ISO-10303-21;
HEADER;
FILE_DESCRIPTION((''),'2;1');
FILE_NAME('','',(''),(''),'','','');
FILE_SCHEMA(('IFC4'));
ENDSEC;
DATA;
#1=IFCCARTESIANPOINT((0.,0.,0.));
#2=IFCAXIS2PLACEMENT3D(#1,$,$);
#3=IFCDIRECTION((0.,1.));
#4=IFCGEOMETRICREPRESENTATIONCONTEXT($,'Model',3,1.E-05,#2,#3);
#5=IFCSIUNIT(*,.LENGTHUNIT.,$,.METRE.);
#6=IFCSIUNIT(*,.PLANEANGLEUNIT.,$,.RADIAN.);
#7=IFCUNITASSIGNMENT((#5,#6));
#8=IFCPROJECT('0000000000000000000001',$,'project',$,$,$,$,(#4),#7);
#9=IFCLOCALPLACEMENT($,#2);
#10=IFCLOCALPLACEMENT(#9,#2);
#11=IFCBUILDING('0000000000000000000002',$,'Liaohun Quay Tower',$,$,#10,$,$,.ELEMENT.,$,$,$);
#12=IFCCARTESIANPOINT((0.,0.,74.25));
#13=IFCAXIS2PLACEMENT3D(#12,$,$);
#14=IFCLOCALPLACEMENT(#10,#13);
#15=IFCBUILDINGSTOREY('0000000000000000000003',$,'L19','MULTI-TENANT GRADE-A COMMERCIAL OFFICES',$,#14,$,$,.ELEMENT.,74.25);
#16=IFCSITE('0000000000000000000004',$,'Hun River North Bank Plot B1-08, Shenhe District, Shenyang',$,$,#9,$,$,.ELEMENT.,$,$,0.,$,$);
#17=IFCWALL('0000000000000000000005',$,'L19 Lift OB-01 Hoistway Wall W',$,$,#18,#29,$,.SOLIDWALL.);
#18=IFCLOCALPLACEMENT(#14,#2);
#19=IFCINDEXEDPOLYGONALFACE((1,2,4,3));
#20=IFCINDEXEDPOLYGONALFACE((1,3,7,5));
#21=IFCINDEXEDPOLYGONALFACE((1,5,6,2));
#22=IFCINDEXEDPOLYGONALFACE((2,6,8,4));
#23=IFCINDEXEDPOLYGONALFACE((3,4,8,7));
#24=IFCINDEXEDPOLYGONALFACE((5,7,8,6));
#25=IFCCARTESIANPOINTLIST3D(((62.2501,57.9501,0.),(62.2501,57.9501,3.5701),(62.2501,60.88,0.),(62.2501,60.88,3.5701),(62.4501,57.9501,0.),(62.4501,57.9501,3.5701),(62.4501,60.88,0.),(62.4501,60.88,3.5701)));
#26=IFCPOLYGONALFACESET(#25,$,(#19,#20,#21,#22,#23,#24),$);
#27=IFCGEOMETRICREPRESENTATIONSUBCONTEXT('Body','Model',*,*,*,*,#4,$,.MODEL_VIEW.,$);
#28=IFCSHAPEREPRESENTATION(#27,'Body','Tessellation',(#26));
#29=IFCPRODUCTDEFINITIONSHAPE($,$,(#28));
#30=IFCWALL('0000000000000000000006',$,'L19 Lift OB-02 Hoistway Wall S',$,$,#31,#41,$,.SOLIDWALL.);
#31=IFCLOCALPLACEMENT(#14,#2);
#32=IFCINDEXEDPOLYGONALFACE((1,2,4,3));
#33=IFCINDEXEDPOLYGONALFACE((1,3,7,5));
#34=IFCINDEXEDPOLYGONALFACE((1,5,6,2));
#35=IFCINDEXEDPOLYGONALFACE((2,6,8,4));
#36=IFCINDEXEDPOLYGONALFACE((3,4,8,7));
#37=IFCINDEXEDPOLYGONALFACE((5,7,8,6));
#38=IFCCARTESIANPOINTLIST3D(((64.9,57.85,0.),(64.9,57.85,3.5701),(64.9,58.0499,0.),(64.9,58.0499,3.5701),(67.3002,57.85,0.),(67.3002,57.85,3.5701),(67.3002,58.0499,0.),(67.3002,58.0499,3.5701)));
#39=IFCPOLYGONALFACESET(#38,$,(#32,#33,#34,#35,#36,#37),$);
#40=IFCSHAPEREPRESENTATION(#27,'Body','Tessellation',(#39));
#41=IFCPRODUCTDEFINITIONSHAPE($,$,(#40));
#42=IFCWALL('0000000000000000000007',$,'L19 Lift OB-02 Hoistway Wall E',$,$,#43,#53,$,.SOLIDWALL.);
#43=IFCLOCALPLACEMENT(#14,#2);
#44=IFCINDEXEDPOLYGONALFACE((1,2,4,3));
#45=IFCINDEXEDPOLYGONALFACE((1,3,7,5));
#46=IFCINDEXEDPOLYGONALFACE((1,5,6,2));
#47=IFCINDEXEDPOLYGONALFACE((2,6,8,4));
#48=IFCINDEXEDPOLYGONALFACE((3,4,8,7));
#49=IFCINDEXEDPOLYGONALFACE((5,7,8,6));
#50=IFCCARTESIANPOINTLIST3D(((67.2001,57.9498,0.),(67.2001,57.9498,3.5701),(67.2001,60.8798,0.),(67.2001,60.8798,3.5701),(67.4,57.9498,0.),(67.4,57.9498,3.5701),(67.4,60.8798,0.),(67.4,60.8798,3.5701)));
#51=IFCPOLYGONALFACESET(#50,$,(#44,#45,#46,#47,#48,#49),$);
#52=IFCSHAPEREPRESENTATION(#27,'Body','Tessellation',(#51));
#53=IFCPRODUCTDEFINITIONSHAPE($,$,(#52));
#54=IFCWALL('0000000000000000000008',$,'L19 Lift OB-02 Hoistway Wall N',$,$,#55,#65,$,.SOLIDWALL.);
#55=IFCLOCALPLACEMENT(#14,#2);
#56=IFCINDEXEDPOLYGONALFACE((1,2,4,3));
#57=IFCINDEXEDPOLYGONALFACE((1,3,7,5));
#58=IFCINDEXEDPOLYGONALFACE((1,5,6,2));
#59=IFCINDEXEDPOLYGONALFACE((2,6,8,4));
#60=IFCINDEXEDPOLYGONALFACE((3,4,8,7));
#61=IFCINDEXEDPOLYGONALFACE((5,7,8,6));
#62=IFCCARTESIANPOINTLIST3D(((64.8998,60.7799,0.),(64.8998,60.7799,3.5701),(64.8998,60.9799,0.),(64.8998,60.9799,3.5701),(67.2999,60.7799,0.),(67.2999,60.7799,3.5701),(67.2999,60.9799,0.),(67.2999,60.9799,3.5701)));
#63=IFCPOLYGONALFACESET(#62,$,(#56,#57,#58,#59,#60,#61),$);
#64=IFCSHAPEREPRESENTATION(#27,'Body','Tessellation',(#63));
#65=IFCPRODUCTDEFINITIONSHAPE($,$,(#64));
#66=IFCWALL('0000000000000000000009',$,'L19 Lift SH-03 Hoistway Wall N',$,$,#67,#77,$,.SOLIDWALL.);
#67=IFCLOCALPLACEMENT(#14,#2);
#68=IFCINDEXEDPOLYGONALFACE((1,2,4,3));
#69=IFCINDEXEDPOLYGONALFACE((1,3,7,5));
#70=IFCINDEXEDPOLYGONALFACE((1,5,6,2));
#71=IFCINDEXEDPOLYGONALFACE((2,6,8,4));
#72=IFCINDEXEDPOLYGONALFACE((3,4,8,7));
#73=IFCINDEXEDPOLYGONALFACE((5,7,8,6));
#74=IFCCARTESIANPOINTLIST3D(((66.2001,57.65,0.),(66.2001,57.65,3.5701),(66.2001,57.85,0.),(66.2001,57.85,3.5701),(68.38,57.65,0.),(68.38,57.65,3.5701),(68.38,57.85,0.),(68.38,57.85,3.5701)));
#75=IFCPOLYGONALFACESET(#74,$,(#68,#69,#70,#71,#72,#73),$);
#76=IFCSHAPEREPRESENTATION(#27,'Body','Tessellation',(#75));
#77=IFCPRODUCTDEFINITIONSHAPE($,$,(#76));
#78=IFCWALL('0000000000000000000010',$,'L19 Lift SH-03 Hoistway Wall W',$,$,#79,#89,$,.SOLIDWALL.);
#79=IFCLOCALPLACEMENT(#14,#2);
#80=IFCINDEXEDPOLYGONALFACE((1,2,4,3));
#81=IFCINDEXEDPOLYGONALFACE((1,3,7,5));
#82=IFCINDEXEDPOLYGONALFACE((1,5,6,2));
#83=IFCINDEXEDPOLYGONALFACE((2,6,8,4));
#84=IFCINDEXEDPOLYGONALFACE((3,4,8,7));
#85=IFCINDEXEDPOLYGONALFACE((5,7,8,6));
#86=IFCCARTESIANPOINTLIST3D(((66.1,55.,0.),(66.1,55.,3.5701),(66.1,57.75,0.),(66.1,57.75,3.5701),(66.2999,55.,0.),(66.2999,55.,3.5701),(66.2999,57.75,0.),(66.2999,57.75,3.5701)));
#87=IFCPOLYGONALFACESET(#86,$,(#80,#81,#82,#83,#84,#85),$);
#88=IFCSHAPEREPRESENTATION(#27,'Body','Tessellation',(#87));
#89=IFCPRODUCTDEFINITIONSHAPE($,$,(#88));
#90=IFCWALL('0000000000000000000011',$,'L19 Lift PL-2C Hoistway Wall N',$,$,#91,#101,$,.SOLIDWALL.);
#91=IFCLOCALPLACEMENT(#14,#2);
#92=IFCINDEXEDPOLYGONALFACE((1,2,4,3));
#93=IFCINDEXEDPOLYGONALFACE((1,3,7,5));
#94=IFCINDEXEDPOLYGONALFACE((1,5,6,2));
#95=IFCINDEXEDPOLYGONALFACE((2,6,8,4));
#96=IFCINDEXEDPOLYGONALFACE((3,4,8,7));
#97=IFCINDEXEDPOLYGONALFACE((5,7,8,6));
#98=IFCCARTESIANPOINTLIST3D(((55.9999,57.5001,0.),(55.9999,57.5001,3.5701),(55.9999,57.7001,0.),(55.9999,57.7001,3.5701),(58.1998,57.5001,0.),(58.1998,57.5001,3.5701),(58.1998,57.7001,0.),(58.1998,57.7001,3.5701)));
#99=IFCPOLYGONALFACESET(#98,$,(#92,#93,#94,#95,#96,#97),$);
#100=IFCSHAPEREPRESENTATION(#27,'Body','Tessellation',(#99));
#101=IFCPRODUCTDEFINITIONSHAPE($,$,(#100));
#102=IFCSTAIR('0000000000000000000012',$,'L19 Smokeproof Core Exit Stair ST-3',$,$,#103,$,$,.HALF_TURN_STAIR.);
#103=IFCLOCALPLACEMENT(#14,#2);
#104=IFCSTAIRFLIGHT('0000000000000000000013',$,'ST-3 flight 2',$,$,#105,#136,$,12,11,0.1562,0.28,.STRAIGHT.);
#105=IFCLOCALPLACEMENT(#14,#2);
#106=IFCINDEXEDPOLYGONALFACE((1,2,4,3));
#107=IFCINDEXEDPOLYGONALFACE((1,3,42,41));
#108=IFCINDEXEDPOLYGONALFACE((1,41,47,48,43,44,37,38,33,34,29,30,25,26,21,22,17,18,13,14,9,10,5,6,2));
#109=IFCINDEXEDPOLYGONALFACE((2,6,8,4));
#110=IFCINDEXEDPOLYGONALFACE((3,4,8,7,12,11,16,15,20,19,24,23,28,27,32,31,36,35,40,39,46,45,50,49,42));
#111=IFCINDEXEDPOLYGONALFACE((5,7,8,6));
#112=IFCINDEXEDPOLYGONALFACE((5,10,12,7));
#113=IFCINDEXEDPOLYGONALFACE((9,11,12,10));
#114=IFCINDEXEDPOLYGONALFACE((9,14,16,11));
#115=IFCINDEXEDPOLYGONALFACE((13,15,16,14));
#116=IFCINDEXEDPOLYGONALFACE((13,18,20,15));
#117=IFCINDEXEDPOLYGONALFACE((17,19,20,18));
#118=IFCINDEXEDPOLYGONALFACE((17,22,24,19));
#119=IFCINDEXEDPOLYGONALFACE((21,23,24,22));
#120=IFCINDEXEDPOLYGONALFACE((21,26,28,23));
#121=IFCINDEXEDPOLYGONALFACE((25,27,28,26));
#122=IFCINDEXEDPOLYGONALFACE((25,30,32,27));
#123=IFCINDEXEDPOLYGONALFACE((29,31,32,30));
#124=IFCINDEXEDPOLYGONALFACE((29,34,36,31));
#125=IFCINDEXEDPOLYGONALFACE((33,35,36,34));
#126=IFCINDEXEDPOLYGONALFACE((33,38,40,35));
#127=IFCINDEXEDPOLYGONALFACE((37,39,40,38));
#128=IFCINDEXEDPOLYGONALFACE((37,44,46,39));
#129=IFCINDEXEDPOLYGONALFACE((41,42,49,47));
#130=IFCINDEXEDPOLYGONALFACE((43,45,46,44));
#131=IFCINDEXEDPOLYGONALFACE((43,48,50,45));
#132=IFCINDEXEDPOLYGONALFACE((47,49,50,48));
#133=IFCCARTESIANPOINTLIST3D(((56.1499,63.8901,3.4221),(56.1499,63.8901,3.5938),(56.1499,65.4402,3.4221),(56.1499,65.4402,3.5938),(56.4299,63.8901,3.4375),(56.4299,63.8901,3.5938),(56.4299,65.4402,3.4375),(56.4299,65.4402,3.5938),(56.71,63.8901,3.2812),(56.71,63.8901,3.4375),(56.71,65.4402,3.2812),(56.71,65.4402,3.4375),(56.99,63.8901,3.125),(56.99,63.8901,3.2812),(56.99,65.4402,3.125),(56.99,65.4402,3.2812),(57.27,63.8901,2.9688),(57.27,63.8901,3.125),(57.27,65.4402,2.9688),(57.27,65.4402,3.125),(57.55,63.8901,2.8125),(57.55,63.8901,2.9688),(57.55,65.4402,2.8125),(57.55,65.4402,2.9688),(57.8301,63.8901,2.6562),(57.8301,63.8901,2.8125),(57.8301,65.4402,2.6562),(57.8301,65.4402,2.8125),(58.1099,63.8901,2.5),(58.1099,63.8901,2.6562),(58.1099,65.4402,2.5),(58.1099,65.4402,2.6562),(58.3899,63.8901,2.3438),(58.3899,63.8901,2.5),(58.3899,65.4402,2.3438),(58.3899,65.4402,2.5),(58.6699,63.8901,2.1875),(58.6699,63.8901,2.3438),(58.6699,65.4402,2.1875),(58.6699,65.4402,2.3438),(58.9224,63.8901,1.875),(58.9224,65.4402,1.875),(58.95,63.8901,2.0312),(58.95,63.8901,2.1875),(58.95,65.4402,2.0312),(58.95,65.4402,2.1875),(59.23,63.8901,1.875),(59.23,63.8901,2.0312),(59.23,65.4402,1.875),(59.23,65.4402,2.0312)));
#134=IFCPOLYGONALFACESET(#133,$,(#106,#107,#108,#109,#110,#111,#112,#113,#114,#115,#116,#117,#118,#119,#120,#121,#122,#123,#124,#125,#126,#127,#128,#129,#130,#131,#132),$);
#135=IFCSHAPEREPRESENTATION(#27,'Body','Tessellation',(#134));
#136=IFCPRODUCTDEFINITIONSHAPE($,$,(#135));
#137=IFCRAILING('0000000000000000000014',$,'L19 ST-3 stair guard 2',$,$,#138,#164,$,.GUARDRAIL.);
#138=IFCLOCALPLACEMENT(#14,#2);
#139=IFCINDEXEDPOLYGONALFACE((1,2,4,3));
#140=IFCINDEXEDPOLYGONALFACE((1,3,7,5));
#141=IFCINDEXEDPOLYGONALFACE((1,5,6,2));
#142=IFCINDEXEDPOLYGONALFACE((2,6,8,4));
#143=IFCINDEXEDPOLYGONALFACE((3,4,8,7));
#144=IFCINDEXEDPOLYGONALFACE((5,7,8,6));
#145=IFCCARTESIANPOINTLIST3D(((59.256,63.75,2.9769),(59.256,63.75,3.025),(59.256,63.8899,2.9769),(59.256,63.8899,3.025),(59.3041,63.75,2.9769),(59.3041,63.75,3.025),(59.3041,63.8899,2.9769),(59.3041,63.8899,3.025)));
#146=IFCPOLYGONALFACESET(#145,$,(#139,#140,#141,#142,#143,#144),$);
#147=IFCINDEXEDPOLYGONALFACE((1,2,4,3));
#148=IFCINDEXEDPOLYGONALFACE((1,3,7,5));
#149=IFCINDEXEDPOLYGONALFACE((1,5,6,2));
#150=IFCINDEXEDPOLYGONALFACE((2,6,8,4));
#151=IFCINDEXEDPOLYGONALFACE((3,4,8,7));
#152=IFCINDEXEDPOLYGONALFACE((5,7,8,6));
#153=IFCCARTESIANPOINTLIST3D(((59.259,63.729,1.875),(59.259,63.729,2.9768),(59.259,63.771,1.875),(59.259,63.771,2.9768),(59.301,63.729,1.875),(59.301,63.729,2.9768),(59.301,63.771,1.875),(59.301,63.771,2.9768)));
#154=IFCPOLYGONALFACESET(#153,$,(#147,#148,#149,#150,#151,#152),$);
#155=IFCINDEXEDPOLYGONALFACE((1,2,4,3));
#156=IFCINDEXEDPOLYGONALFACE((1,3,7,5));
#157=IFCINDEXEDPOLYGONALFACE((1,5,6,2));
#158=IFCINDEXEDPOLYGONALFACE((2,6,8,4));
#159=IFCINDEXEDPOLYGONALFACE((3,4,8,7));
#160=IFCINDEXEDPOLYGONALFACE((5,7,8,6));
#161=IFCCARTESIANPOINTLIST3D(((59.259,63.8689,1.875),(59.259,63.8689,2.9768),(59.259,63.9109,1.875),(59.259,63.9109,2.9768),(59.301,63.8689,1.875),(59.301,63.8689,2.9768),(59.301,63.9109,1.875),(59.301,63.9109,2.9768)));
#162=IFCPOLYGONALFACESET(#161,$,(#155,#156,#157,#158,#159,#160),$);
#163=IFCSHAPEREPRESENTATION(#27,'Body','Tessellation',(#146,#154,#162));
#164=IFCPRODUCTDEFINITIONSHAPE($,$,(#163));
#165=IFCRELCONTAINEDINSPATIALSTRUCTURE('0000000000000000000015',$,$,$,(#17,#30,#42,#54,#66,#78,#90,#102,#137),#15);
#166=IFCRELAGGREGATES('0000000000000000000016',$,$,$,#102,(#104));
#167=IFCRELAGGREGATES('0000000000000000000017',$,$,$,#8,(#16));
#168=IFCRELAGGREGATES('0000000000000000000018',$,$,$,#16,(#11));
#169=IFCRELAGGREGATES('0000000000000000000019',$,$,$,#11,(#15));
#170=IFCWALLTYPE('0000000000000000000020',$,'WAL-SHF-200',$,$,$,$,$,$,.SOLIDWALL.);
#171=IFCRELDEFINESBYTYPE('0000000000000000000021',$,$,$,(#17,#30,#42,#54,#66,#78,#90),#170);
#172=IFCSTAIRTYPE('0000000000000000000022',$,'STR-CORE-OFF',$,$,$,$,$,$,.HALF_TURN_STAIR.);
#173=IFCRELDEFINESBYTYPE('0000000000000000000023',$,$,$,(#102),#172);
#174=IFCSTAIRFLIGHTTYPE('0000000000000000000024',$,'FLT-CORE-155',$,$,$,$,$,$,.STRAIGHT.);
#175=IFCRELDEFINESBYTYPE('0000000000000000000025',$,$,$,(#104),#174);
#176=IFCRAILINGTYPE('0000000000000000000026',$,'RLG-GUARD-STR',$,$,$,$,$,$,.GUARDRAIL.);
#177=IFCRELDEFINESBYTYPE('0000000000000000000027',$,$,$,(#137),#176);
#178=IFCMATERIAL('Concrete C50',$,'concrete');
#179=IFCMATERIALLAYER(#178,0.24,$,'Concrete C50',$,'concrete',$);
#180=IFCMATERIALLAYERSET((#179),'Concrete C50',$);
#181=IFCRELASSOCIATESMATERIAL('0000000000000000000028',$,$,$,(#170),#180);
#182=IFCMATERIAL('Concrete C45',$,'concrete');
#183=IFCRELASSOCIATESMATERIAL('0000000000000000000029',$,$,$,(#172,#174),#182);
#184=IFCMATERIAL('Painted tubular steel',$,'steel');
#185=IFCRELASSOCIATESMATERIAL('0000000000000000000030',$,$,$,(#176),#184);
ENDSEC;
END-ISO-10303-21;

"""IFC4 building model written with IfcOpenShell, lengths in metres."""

from ifc_helpers import new_model, si_unit, direction, frame, frame_2d, origin, origin_2d, place, context, subcontext, project, spatial, polyline, rectangle, outline, extrude, material, layer, layer_set, type_object, element, aggregate, save


model = new_model("IFC4")

# Units and contexts
model_context = context("Model", 3, precision=1e-05, world=origin(), true_north=direction((0.0, 1.0)))
body_context = subcontext(model_context, "Body", "Model", "MODEL_VIEW")
ifc_project = project(units=[si_unit("LENGTHUNIT", "METRE"), si_unit("PLANEANGLEUNIT", "RADIAN")], contexts=[model_context])

# Site, building, storey
site_placement = place(None, origin())
site = spatial("IfcSite", under=ifc_project, at=site_placement, Name="Hun River North Bank Plot B1-08, Shenhe District, Shenyang", CompositionType="ELEMENT", RefElevation=0.0)
building_placement = place(site_placement, origin())
building = spatial("IfcBuilding", under=site, at=building_placement, Name="Liaohun Quay Tower", CompositionType="ELEMENT")
storey_placement = place(building_placement, frame((0.0, 0.0, 74.25)))
storey = spatial("IfcBuildingStorey", under=building, at=storey_placement, Name="L19", Description="MULTI-TENANT GRADE-A COMMERCIAL OFFICES", CompositionType="ELEMENT", Elevation=74.25)

# Shared definitions
ifc_material_1 = material(Name="Concrete C50", Category="concrete")
ifc_layer_1 = layer(ifc_material_1, 0.24, Name="Concrete C50", Category="concrete")
ifc_layer_set_1 = layer_set([ifc_layer_1], Name="Concrete C50")
wall_type_1 = type_object("IfcWallType", Name="WAL-SHF-200", PredefinedType="SOLIDWALL", material=ifc_layer_set_1)

# Walls
wall_1_placement = place(storey_placement, frame((62.3501, 60.8799, 0.0), z_axis=(0.0, 0.0, 1.0), x_axis=(0.0, -1.0, 0.0)))
element("IfcWall", 1, at=wall_1_placement, inside=storey, type_object=wall_type_1, Name="L19 Lift OB-01 Hoistway Wall W", PredefinedType="SOLIDWALL", context=body_context, shape_type="SweptSolid", body=[
    extrude(rectangle(XDim=2.9299, YDim=0.2, at=frame_2d((1.4648, 0.0))), origin(), (0.0, 0.0, 1.0), 3.5701),
])
wall_2_placement = place(storey_placement, frame((64.8999, 57.95, 0.0), z_axis=(0.0, 0.0, 1.0), x_axis=(1.0, 0.0, 0.0)))
element("IfcWall", 2, at=wall_2_placement, inside=storey, type_object=wall_type_1, Name="L19 Lift OB-02 Hoistway Wall S", PredefinedType="SOLIDWALL", context=body_context, shape_type="SweptSolid", body=[
    extrude(rectangle(XDim=2.4001, YDim=0.2, at=frame_2d((1.2002, 0.0))), origin(), (0.0, 0.0, 1.0), 3.5701),
])
wall_3_placement = place(storey_placement, frame((67.3, 57.95, 0.0), z_axis=(0.0, 0.0, 1.0), x_axis=(0.0, 1.0, 0.0)))
element("IfcWall", 3, at=wall_3_placement, inside=storey, type_object=wall_type_1, Name="L19 Lift OB-02 Hoistway Wall E", PredefinedType="SOLIDWALL", context=body_context, shape_type="SweptSolid", body=[
    extrude(rectangle(XDim=2.9299, YDim=0.2, at=frame_2d((1.4648, 0.0))), origin(), (0.0, 0.0, 1.0), 3.5701),
])
wall_4_placement = place(storey_placement, frame((67.3, 60.8799, 0.0), z_axis=(0.0, 0.0, 1.0), x_axis=(-1.0, 0.0, 0.0)))
element("IfcWall", 4, at=wall_4_placement, inside=storey, type_object=wall_type_1, Name="L19 Lift OB-02 Hoistway Wall N", PredefinedType="SOLIDWALL", context=body_context, shape_type="SweptSolid", body=[
    extrude(rectangle(XDim=2.4001, YDim=0.2, at=frame_2d((1.2002, 0.0))), origin(), (0.0, 0.0, 1.0), 3.5701),
])
wall_5_placement = place(storey_placement, frame((68.3799, 57.75, 0.0), z_axis=(0.0, 0.0, 1.0), x_axis=(-1.0, 0.0, 0.0)))
element("IfcWall", 5, at=wall_5_placement, inside=storey, type_object=wall_type_1, Name="L19 Lift SH-03 Hoistway Wall N", PredefinedType="SOLIDWALL", context=body_context, shape_type="SweptSolid", body=[
    extrude(rectangle(XDim=2.1799, YDim=0.2, at=frame_2d((1.0898, 0.0))), origin(), (0.0, 0.0, 1.0), 3.5701),
])
wall_6_placement = place(storey_placement, frame((66.2, 57.75, 0.0), z_axis=(0.0, 0.0, 1.0), x_axis=(0.0, -1.0, 0.0)))
element("IfcWall", 6, at=wall_6_placement, inside=storey, type_object=wall_type_1, Name="L19 Lift SH-03 Hoistway Wall W", PredefinedType="SOLIDWALL", context=body_context, shape_type="SweptSolid", body=[
    extrude(rectangle(XDim=2.75, YDim=0.2, at=frame_2d((1.375, 0.0))), origin(), (0.0, 0.0, 1.0), 3.5701),
])
wall_7_placement = place(storey_placement, frame((58.2, 57.6001, 0.0), z_axis=(0.0, 0.0, 1.0), x_axis=(-1.0, 0.0, 0.0)))
element("IfcWall", 7, at=wall_7_placement, inside=storey, type_object=wall_type_1, Name="L19 Lift PL-2C Hoistway Wall N", PredefinedType="SOLIDWALL", context=body_context, shape_type="SweptSolid", body=[
    extrude(rectangle(XDim=2.2, YDim=0.2, at=frame_2d((1.1001, 0.0))), origin(), (0.0, 0.0, 1.0), 3.5701),
])

# Stair, stair flight
ifc_material_2 = material(Name="Concrete C45", Category="concrete")
stair_type = type_object("IfcStairType", Name="STR-CORE-OFF", PredefinedType="HALF_TURN_STAIR", material=ifc_material_2)
stair_placement = place(storey_placement, origin())
stair = element("IfcStair", 8, at=stair_placement, inside=storey, type_object=stair_type, Name="L19 Smokeproof Core Exit Stair ST-3", PredefinedType="HALF_TURN_STAIR")
stair_flight_type = type_object("IfcStairFlightType", Name="FLT-CORE-155", PredefinedType="STRAIGHT", material=ifc_material_2)
stair_flight_placement = place(storey_placement, frame((59.23, 64.665, 1.875), z_axis=(0.0, 0.0, 1.0), x_axis=(-1.0, 0.0, 0.0)))
stair_flight = element("IfcStairFlight", 9, at=stair_flight_placement, type_object=stair_flight_type, Name="ST-3 flight 2", NumberOfRisers=12, NumberOfTreads=11, PredefinedType="STRAIGHT", RiserHeight=0.1562, TreadLength=0.28, context=body_context, shape_type="SweptSolid", body=[
    extrude(outline(polyline([(0.0, 0.0), (0.0, 0.1562), (0.28, 0.1562), (0.28, 0.3125), (0.5601, 0.3125), (0.5601, 0.4688), (0.8401, 0.4688), (0.8401, 0.625), (1.1201, 0.625), (1.1201, 0.7812), (1.3999, 0.7812), (1.3999, 0.9375), (1.6799, 0.9375), (1.6799, 1.0938), (1.96, 1.0938), (1.96, 1.25), (2.24, 1.25), (2.24, 1.4062), (2.52, 1.4062), (2.52, 1.5625), (2.8, 1.5625), (2.8, 1.7188), (3.0801, 1.7188), (3.0801, 1.875), (3.0801, 1.5471), (0.3076, 0.0), (0.0, 0.0)])), frame((0.0, 0.7749, 0.0), z_axis=(0.0, -1.0, 0.0), x_axis=(1.0, 0.0, 0.0)), (0.0, 0.0, 1.0), 1.55),
])
aggregate(stair, [stair_flight])

# Railing
ifc_material_3 = material(Name="Painted tubular steel", Category="steel")
railing_type_1 = type_object("IfcRailingType", Name="RLG-GUARD-STR", PredefinedType="GUARDRAIL", material=ifc_material_3)
railing_1_placement = place(storey_placement, frame((59.28, 63.75, 1.875)))
element("IfcRailing", 10, at=railing_1_placement, inside=storey, type_object=railing_type_1, Name="L19 ST-3 stair guard 2", PredefinedType="GUARDRAIL", context=body_context, shape_type="SweptSolid", body=[
    extrude(rectangle(XDim=0.0481, YDim=0.0481, at=origin_2d()), frame((0.0, 0.0, 1.126), z_axis=(0.0, 1.0, 0.0), x_axis=(-1.0, 0.0, 0.0)), (0.0, 0.0, 1.0), 0.1399),
    extrude(rectangle(XDim=0.042, YDim=0.042, at=origin_2d()), origin(), (0.0, 0.0, 1.0), 1.1018),
    extrude(rectangle(XDim=0.042, YDim=0.042, at=origin_2d()), frame((0.0, 0.1399, 0.0)), (0.0, 0.0, 1.0), 1.1018),
])

save(model, "model.ifc")
